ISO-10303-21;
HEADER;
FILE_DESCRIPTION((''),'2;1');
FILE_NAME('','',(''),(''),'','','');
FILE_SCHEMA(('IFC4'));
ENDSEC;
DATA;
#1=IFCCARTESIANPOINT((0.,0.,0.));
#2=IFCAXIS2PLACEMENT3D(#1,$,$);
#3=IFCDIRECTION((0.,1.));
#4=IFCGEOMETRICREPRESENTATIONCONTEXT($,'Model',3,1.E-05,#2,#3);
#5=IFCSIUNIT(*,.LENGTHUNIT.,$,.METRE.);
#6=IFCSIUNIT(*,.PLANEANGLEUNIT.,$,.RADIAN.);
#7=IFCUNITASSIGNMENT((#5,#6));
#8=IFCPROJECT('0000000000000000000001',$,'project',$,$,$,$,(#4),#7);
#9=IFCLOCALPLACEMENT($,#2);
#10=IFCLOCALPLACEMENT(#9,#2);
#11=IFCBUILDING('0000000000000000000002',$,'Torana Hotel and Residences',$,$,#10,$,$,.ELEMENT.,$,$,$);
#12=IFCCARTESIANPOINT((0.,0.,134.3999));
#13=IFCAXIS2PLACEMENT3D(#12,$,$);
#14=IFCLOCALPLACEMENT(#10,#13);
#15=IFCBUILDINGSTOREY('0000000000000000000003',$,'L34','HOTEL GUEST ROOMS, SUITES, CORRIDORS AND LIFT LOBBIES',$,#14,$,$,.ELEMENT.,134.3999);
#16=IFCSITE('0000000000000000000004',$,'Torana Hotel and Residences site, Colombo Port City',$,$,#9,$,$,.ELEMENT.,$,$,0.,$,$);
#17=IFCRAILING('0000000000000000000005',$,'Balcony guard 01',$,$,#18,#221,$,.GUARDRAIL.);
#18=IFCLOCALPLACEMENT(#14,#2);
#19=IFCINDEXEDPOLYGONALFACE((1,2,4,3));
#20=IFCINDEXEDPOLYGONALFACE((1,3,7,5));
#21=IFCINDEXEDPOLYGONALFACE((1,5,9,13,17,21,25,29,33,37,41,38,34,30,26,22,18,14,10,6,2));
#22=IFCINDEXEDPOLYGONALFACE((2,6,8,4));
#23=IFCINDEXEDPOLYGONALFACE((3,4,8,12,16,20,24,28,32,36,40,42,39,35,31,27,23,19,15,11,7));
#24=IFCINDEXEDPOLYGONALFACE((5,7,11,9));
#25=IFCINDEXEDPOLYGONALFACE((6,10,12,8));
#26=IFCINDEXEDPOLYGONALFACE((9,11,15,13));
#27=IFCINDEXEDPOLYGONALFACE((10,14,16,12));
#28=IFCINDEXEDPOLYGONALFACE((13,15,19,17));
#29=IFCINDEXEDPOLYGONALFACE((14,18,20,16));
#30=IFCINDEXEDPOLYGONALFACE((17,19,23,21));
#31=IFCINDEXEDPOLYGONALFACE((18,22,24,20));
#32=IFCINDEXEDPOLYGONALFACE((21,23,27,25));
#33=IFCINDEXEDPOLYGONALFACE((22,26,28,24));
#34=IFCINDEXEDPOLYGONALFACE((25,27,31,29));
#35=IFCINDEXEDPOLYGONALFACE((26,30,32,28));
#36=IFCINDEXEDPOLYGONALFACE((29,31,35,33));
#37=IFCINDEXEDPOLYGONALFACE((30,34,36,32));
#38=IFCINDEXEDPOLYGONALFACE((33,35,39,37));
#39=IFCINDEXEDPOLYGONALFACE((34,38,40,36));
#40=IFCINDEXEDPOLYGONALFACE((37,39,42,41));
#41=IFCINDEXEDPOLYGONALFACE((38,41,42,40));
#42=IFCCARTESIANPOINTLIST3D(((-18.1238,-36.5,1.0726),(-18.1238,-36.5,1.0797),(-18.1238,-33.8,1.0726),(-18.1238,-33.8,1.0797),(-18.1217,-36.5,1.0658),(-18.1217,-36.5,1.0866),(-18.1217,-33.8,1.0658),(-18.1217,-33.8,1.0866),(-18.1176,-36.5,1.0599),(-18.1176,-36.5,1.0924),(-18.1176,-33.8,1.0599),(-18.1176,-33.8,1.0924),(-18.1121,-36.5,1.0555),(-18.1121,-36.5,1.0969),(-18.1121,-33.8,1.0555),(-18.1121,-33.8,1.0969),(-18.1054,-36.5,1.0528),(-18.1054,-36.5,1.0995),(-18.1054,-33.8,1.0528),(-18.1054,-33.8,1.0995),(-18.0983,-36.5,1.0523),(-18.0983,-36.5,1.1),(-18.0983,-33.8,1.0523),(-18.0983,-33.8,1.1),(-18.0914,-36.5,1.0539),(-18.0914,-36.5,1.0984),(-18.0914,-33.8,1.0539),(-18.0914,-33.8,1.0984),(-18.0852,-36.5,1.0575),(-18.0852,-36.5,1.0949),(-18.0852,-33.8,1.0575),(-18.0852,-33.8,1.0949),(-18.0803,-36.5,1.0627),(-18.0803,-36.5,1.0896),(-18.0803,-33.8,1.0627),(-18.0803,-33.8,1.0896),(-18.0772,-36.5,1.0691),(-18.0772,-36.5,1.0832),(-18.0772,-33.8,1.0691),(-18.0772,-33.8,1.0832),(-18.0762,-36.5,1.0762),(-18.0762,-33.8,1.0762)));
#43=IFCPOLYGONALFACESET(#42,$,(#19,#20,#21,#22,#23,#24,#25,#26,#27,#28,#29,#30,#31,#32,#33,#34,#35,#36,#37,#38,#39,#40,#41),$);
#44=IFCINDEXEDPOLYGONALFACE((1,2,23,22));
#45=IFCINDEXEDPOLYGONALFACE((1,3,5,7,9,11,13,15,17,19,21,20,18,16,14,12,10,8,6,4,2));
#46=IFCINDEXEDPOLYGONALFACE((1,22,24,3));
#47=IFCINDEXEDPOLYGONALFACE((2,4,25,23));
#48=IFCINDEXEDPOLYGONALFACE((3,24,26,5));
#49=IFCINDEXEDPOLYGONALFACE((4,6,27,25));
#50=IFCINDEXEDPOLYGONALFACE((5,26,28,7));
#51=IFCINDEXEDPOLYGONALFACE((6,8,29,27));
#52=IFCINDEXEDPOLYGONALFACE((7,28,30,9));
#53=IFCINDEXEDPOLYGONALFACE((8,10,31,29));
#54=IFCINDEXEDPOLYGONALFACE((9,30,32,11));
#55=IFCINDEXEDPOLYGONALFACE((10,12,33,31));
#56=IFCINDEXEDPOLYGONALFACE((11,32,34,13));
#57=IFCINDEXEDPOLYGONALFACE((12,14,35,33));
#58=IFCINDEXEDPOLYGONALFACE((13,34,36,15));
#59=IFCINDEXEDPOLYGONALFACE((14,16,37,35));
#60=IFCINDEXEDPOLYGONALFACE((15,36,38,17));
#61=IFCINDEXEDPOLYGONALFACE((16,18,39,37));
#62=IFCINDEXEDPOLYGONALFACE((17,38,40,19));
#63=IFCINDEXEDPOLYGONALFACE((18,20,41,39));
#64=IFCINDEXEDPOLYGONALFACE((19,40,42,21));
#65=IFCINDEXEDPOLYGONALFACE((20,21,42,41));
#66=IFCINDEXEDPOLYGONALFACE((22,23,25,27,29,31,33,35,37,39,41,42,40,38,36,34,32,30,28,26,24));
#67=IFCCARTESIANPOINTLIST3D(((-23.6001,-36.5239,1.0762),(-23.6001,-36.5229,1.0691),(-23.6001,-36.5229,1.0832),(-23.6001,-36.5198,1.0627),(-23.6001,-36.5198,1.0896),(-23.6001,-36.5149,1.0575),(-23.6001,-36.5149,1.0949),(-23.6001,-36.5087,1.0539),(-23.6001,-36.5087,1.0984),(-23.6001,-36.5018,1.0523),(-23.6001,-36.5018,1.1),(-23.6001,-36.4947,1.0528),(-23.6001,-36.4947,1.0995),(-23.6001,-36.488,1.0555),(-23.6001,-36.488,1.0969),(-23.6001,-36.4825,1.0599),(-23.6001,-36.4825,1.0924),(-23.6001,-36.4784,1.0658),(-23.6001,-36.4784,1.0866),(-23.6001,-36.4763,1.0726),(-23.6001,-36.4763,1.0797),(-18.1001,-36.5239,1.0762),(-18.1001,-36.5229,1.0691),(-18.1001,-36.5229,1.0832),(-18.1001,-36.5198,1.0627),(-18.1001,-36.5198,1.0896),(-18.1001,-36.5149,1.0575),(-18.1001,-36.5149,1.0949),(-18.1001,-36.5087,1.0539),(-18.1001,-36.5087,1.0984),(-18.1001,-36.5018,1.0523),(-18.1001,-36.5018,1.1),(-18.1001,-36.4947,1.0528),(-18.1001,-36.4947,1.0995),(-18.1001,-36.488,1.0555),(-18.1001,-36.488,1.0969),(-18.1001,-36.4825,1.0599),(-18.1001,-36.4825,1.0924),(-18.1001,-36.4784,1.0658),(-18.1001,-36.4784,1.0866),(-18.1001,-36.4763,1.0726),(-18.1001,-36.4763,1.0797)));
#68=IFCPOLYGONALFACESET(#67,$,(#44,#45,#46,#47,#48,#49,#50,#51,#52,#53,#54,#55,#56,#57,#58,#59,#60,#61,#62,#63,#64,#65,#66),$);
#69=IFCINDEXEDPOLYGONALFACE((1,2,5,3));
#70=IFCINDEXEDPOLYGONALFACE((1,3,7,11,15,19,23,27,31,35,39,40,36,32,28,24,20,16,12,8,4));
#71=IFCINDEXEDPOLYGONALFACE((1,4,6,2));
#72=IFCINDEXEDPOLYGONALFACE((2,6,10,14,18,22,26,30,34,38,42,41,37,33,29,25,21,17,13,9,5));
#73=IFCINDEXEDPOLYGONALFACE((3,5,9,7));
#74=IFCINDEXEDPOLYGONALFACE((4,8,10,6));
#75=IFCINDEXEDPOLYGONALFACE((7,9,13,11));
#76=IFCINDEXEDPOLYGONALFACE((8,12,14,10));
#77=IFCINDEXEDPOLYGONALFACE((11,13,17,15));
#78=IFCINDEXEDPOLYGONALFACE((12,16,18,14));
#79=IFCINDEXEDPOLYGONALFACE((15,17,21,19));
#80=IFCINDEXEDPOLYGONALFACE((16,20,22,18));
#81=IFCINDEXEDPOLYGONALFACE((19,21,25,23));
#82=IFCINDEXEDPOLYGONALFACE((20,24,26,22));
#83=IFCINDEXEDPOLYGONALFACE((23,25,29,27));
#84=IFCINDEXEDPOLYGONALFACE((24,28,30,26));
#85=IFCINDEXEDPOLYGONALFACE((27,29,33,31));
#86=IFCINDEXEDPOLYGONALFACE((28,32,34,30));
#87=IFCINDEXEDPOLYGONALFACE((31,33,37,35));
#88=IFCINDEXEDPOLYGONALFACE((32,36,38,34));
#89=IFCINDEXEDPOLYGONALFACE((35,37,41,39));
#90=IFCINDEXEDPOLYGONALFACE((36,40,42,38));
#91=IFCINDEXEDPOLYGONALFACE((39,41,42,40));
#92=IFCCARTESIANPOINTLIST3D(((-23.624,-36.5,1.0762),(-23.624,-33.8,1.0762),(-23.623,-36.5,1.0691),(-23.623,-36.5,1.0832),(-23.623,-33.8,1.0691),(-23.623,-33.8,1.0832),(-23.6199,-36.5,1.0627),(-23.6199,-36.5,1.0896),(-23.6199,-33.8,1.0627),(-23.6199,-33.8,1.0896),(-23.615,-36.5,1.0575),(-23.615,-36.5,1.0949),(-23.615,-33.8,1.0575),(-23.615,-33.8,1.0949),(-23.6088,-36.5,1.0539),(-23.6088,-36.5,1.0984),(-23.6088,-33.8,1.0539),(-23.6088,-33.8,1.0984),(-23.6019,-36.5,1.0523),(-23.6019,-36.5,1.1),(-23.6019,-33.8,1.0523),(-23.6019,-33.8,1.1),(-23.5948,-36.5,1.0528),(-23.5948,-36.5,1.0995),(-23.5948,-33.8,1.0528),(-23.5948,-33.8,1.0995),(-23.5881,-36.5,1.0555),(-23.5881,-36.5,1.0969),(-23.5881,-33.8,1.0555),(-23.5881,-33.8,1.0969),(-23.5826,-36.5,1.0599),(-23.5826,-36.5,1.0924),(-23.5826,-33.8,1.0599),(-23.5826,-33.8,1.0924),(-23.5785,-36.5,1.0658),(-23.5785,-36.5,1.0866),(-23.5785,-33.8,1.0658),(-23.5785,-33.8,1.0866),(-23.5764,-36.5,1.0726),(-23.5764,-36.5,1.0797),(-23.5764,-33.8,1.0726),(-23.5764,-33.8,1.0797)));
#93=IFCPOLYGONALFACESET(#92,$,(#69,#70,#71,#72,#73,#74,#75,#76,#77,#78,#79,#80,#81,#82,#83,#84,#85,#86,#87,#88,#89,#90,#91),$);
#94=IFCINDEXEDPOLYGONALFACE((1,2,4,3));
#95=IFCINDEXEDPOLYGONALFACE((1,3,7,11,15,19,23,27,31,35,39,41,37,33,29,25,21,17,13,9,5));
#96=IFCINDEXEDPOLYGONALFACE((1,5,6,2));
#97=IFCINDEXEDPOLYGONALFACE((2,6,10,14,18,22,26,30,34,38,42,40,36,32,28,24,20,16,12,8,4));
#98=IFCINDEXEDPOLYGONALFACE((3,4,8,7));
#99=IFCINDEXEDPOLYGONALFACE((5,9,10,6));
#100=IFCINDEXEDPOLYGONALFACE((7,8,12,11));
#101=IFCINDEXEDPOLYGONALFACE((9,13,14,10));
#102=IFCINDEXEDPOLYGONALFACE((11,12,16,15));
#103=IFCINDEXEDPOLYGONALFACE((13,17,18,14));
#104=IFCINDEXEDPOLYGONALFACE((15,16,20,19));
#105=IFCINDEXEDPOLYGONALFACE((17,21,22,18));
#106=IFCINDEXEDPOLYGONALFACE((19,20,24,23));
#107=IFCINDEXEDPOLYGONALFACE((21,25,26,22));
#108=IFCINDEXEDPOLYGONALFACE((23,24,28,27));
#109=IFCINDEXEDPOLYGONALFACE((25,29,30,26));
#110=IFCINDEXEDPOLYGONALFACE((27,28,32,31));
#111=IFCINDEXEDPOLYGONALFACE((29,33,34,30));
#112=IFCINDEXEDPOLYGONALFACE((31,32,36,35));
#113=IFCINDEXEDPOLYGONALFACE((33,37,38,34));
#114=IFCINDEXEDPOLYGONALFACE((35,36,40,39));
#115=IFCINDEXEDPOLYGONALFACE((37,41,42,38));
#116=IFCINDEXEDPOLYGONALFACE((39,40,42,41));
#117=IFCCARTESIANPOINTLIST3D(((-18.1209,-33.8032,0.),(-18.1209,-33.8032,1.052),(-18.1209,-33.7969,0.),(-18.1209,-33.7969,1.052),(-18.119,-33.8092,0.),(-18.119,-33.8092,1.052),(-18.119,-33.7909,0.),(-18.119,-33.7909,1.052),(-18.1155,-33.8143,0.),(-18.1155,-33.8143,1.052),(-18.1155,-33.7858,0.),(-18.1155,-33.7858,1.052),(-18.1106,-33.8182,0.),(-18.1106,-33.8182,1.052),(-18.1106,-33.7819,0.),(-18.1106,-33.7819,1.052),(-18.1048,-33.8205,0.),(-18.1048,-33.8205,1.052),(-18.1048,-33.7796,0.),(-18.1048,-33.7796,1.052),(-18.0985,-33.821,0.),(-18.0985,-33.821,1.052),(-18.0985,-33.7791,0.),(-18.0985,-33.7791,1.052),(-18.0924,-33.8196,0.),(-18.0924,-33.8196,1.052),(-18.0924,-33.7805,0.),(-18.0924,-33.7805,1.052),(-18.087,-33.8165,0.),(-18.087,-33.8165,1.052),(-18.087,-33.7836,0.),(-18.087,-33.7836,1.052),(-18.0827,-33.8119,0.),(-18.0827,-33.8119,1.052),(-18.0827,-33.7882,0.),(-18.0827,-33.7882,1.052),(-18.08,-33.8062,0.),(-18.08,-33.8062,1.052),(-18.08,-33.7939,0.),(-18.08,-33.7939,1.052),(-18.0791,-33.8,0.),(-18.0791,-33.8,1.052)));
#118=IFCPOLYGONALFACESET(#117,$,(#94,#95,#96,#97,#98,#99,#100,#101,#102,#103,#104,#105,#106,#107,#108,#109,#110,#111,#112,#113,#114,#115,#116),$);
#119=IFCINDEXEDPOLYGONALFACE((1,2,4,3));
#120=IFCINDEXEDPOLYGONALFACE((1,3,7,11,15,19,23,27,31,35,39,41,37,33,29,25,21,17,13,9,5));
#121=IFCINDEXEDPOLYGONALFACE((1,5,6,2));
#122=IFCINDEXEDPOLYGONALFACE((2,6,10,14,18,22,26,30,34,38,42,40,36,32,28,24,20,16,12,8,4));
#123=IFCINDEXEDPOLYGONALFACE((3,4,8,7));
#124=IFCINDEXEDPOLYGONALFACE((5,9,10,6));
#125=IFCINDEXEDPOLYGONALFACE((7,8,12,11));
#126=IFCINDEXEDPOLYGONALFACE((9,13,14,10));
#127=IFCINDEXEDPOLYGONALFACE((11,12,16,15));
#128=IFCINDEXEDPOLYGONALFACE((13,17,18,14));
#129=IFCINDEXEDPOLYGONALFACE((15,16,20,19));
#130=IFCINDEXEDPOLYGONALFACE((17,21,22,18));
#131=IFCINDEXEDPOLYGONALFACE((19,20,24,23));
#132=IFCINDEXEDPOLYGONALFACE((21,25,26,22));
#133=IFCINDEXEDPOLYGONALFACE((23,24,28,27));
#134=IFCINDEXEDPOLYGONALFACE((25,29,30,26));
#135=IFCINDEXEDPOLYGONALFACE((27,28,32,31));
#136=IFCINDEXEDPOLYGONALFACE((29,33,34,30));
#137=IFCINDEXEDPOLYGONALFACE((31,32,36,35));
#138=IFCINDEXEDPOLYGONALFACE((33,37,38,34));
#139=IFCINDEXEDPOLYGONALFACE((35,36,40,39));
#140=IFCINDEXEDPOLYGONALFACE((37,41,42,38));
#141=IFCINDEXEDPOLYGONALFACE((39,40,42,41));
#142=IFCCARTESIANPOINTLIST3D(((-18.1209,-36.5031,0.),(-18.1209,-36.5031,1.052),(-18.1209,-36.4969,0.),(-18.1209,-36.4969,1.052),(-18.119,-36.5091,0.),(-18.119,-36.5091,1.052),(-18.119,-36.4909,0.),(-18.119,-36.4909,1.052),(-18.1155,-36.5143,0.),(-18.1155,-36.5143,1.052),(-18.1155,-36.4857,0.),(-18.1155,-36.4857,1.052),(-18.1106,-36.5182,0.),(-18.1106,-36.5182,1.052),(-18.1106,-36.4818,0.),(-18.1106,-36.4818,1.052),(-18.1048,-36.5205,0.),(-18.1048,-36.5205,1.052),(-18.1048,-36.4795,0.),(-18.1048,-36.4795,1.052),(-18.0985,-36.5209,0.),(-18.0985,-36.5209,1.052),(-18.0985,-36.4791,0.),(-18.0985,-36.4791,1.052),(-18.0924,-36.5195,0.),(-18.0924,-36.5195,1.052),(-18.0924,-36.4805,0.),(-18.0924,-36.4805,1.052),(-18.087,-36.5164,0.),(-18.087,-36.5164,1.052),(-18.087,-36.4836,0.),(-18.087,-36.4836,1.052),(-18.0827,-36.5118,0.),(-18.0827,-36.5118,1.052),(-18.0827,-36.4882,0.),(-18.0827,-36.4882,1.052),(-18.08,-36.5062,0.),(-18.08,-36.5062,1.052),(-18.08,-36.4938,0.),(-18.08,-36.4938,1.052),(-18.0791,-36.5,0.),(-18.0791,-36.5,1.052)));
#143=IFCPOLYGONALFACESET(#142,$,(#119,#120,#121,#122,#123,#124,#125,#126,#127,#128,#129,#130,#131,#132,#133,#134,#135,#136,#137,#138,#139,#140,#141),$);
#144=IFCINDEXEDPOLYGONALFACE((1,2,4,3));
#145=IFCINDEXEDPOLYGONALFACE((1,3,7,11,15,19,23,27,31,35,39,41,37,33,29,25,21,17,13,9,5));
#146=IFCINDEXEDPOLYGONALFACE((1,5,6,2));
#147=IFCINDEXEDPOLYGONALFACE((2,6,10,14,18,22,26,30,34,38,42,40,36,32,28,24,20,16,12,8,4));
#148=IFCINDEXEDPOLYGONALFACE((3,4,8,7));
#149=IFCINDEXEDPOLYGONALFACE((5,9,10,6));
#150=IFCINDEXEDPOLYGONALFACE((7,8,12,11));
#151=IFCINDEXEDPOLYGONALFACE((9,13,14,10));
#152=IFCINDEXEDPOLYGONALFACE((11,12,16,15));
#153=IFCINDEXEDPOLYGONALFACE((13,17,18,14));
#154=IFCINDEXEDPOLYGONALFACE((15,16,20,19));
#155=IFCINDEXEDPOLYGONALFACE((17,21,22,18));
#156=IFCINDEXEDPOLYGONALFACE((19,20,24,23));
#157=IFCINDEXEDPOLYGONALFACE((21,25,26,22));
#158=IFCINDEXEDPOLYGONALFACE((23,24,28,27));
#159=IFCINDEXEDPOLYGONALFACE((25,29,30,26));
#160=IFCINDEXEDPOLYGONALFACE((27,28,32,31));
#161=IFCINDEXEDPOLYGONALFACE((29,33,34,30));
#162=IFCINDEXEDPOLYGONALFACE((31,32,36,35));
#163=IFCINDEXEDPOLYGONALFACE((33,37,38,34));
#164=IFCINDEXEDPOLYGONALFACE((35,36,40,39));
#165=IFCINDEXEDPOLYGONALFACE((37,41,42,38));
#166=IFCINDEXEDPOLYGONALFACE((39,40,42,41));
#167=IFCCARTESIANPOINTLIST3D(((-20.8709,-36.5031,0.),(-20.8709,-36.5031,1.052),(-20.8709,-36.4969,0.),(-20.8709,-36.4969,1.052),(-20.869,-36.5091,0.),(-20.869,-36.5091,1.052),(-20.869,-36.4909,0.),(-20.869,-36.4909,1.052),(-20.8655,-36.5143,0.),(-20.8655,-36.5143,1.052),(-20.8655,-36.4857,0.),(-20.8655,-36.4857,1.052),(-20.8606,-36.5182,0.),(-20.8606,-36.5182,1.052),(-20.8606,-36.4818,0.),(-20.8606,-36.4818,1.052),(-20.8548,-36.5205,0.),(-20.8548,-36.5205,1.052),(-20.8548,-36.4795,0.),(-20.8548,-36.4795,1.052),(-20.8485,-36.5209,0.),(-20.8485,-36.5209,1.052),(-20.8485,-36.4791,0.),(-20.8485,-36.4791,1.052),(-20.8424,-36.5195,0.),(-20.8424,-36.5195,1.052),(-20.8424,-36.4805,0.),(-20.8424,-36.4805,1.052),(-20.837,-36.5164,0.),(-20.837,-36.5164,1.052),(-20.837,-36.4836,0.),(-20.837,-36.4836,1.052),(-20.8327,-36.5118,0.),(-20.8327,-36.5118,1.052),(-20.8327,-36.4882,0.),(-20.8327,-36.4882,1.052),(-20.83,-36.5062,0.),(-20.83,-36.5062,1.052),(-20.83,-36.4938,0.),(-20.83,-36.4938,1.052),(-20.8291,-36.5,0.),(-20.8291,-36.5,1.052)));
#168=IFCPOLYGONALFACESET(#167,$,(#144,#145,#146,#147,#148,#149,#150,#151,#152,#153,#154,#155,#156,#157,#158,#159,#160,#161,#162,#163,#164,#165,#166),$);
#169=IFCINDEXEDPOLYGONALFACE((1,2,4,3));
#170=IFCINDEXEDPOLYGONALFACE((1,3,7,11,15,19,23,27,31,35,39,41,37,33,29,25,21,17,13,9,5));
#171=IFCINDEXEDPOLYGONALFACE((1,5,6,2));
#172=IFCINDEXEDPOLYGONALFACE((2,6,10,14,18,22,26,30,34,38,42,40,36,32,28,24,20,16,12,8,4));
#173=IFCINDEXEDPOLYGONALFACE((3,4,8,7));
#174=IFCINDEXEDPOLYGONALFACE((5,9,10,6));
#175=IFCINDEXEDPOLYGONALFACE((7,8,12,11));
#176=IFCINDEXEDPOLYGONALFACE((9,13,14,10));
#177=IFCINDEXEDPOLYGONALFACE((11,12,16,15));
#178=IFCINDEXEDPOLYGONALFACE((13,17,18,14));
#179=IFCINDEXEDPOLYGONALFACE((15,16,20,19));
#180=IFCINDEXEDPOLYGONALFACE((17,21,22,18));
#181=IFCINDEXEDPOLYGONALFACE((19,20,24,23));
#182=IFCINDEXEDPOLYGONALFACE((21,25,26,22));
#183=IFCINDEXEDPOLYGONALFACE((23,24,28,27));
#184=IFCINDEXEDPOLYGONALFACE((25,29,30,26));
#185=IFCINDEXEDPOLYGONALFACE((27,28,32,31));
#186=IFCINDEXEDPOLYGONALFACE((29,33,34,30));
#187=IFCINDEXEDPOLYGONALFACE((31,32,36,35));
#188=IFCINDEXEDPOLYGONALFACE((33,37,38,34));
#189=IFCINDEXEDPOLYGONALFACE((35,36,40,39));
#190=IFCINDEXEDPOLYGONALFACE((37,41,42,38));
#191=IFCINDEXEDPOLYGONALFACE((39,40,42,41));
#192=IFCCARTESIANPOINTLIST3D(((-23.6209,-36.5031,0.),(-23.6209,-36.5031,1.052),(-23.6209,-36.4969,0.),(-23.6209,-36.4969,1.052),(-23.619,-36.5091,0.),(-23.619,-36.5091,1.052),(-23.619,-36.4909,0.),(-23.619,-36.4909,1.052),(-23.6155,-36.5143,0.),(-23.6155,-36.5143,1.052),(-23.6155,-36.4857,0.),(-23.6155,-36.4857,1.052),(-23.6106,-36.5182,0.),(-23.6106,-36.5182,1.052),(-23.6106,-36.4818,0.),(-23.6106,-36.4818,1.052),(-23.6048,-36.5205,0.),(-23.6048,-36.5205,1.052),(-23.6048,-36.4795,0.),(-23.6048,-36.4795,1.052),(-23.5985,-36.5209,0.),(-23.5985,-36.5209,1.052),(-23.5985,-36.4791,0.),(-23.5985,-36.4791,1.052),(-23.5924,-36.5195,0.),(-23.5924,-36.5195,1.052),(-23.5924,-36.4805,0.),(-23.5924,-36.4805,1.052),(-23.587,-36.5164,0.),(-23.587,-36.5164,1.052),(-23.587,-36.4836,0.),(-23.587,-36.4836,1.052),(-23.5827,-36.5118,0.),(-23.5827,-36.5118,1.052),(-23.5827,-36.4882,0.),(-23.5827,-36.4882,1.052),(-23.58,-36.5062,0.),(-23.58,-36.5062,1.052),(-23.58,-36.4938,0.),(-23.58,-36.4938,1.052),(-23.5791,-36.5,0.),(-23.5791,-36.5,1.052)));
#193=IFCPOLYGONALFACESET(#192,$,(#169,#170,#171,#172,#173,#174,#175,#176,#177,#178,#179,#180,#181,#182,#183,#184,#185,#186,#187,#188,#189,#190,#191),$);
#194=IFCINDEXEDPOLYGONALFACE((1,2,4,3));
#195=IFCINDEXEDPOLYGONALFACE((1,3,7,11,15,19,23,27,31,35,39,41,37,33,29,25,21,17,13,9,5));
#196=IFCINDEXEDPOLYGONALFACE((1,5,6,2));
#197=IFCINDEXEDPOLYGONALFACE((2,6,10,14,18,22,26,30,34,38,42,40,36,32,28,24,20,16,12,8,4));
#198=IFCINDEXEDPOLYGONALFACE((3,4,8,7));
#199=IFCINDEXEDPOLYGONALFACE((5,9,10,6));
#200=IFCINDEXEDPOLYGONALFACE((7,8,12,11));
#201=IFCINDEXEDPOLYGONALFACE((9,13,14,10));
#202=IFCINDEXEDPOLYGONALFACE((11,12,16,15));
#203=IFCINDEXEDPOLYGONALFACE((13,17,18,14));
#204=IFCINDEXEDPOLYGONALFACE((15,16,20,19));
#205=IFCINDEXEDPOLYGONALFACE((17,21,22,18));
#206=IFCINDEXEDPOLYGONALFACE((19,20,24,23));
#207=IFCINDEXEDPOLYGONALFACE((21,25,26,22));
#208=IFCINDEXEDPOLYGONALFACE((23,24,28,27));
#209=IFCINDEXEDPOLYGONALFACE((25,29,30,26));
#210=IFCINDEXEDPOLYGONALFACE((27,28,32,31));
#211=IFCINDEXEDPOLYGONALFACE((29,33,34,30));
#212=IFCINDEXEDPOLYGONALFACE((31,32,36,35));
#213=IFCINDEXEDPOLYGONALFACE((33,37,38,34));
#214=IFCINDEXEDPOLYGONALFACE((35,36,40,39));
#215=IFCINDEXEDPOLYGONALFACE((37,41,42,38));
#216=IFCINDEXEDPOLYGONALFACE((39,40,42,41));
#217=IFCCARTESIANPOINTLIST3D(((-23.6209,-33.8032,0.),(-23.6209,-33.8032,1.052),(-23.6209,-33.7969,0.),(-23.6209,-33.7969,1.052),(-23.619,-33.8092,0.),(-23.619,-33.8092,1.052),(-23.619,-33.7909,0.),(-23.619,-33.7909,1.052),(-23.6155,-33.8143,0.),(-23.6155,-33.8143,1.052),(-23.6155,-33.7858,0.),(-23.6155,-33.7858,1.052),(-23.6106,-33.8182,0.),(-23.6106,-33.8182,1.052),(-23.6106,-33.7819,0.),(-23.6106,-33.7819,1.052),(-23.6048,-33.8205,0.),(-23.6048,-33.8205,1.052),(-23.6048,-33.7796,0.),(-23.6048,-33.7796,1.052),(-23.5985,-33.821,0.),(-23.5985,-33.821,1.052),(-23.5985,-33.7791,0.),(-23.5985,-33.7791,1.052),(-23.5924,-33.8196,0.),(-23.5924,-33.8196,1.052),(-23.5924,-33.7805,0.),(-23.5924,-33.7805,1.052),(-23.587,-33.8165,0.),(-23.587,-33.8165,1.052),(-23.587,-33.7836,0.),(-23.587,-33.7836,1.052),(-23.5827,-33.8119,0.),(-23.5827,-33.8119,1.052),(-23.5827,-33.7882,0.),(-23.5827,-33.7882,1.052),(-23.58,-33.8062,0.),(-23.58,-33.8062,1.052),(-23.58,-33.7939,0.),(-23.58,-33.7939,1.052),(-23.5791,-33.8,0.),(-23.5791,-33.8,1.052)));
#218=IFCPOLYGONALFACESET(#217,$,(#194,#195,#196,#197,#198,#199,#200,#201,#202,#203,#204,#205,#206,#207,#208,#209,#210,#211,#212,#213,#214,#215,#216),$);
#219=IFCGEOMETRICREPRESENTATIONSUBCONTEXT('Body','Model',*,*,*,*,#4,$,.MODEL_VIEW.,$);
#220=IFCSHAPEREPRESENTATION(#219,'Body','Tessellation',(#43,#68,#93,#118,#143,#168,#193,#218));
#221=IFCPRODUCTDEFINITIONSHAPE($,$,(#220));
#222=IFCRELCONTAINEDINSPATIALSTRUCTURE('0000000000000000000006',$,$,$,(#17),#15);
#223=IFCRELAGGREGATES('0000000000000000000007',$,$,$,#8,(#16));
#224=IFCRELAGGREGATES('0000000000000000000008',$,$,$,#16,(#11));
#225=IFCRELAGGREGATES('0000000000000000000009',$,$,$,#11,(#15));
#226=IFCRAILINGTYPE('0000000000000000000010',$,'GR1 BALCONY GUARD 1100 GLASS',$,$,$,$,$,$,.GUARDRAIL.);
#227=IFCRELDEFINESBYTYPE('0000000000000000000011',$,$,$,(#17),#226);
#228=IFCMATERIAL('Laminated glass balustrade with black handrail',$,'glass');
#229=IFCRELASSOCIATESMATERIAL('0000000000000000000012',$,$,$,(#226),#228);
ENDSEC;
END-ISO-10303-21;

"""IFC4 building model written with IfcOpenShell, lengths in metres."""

from ifc_helpers import new_model, si_unit, direction, frame, origin, origin_2d, place, context, subcontext, project, spatial, circle, extrude, material, type_object, element, save


model = new_model("IFC4")

# Units and contexts
model_context = context("Model", 3, precision=1e-05, world=origin(), true_north=direction((0.0, 1.0)))
body_context = subcontext(model_context, "Body", "Model", "MODEL_VIEW")
ifc_project = project(units=[si_unit("LENGTHUNIT", "METRE"), si_unit("PLANEANGLEUNIT", "RADIAN")], contexts=[model_context])

# Site, building, storey
site_placement = place(None, origin())
site = spatial("IfcSite", under=ifc_project, at=site_placement, Name="Torana Hotel and Residences site, Colombo Port City", CompositionType="ELEMENT", RefElevation=0.0)
building_placement = place(site_placement, origin())
building = spatial("IfcBuilding", under=site, at=building_placement, Name="Torana Hotel and Residences", CompositionType="ELEMENT")
storey_placement = place(building_placement, frame((0.0, 0.0, 134.3999)))
storey = spatial("IfcBuildingStorey", under=building, at=storey_placement, Name="L34", Description="HOTEL GUEST ROOMS, SUITES, CORRIDORS AND LIFT LOBBIES", CompositionType="ELEMENT", Elevation=134.3999)

# Railing
ifc_material_1 = material(Name="Laminated glass balustrade with black handrail", Category="glass")
railing_type = type_object("IfcRailingType", Name="GR1 BALCONY GUARD 1100 GLASS", PredefinedType="GUARDRAIL", material=ifc_material_1)
railing_placement = place(storey_placement, frame((-18.1001, -33.8, 0.0)))
element("IfcRailing", 1, at=railing_placement, inside=storey, type_object=railing_type, Name="Balcony guard 01", PredefinedType="GUARDRAIL", context=body_context, shape_type="SweptSolid", body=[
    extrude(circle(Radius=0.0239, at=origin_2d()), frame((0.0, 0.0, 1.0762), z_axis=(0.0, -1.0, 0.0), x_axis=(1.0, 0.0, 0.0)), (0.0, 0.0, 1.0), 2.7),
    extrude(circle(Radius=0.0239, at=origin_2d()), frame((0.0, -2.7, 1.0762), z_axis=(-1.0, 0.0, 0.0), x_axis=(0.0, -1.0, 0.0)), (0.0, 0.0, 1.0), 5.5),
    extrude(circle(Radius=0.0239, at=origin_2d()), frame((-5.5, -2.7, 1.0762), z_axis=(0.0, 1.0, 0.0), x_axis=(-1.0, 0.0, 0.0)), (0.0, 0.0, 1.0), 2.7),
    extrude(circle(Radius=0.021, at=origin_2d()), origin(), (0.0, 0.0, 1.0), 1.052),
    extrude(circle(Radius=0.021, at=origin_2d()), frame((0.0, -2.7, 0.0)), (0.0, 0.0, 1.0), 1.052),
    extrude(circle(Radius=0.021, at=origin_2d()), frame((-2.75, -2.7, 0.0)), (0.0, 0.0, 1.0), 1.052),
    extrude(circle(Radius=0.021, at=origin_2d()), frame((-5.5, -2.7, 0.0)), (0.0, 0.0, 1.0), 1.052),
    extrude(circle(Radius=0.021, at=origin_2d()), frame((-5.5, 0.0, 0.0)), (0.0, 0.0, 1.0), 1.052),
])

save(model, "model.ifc")
